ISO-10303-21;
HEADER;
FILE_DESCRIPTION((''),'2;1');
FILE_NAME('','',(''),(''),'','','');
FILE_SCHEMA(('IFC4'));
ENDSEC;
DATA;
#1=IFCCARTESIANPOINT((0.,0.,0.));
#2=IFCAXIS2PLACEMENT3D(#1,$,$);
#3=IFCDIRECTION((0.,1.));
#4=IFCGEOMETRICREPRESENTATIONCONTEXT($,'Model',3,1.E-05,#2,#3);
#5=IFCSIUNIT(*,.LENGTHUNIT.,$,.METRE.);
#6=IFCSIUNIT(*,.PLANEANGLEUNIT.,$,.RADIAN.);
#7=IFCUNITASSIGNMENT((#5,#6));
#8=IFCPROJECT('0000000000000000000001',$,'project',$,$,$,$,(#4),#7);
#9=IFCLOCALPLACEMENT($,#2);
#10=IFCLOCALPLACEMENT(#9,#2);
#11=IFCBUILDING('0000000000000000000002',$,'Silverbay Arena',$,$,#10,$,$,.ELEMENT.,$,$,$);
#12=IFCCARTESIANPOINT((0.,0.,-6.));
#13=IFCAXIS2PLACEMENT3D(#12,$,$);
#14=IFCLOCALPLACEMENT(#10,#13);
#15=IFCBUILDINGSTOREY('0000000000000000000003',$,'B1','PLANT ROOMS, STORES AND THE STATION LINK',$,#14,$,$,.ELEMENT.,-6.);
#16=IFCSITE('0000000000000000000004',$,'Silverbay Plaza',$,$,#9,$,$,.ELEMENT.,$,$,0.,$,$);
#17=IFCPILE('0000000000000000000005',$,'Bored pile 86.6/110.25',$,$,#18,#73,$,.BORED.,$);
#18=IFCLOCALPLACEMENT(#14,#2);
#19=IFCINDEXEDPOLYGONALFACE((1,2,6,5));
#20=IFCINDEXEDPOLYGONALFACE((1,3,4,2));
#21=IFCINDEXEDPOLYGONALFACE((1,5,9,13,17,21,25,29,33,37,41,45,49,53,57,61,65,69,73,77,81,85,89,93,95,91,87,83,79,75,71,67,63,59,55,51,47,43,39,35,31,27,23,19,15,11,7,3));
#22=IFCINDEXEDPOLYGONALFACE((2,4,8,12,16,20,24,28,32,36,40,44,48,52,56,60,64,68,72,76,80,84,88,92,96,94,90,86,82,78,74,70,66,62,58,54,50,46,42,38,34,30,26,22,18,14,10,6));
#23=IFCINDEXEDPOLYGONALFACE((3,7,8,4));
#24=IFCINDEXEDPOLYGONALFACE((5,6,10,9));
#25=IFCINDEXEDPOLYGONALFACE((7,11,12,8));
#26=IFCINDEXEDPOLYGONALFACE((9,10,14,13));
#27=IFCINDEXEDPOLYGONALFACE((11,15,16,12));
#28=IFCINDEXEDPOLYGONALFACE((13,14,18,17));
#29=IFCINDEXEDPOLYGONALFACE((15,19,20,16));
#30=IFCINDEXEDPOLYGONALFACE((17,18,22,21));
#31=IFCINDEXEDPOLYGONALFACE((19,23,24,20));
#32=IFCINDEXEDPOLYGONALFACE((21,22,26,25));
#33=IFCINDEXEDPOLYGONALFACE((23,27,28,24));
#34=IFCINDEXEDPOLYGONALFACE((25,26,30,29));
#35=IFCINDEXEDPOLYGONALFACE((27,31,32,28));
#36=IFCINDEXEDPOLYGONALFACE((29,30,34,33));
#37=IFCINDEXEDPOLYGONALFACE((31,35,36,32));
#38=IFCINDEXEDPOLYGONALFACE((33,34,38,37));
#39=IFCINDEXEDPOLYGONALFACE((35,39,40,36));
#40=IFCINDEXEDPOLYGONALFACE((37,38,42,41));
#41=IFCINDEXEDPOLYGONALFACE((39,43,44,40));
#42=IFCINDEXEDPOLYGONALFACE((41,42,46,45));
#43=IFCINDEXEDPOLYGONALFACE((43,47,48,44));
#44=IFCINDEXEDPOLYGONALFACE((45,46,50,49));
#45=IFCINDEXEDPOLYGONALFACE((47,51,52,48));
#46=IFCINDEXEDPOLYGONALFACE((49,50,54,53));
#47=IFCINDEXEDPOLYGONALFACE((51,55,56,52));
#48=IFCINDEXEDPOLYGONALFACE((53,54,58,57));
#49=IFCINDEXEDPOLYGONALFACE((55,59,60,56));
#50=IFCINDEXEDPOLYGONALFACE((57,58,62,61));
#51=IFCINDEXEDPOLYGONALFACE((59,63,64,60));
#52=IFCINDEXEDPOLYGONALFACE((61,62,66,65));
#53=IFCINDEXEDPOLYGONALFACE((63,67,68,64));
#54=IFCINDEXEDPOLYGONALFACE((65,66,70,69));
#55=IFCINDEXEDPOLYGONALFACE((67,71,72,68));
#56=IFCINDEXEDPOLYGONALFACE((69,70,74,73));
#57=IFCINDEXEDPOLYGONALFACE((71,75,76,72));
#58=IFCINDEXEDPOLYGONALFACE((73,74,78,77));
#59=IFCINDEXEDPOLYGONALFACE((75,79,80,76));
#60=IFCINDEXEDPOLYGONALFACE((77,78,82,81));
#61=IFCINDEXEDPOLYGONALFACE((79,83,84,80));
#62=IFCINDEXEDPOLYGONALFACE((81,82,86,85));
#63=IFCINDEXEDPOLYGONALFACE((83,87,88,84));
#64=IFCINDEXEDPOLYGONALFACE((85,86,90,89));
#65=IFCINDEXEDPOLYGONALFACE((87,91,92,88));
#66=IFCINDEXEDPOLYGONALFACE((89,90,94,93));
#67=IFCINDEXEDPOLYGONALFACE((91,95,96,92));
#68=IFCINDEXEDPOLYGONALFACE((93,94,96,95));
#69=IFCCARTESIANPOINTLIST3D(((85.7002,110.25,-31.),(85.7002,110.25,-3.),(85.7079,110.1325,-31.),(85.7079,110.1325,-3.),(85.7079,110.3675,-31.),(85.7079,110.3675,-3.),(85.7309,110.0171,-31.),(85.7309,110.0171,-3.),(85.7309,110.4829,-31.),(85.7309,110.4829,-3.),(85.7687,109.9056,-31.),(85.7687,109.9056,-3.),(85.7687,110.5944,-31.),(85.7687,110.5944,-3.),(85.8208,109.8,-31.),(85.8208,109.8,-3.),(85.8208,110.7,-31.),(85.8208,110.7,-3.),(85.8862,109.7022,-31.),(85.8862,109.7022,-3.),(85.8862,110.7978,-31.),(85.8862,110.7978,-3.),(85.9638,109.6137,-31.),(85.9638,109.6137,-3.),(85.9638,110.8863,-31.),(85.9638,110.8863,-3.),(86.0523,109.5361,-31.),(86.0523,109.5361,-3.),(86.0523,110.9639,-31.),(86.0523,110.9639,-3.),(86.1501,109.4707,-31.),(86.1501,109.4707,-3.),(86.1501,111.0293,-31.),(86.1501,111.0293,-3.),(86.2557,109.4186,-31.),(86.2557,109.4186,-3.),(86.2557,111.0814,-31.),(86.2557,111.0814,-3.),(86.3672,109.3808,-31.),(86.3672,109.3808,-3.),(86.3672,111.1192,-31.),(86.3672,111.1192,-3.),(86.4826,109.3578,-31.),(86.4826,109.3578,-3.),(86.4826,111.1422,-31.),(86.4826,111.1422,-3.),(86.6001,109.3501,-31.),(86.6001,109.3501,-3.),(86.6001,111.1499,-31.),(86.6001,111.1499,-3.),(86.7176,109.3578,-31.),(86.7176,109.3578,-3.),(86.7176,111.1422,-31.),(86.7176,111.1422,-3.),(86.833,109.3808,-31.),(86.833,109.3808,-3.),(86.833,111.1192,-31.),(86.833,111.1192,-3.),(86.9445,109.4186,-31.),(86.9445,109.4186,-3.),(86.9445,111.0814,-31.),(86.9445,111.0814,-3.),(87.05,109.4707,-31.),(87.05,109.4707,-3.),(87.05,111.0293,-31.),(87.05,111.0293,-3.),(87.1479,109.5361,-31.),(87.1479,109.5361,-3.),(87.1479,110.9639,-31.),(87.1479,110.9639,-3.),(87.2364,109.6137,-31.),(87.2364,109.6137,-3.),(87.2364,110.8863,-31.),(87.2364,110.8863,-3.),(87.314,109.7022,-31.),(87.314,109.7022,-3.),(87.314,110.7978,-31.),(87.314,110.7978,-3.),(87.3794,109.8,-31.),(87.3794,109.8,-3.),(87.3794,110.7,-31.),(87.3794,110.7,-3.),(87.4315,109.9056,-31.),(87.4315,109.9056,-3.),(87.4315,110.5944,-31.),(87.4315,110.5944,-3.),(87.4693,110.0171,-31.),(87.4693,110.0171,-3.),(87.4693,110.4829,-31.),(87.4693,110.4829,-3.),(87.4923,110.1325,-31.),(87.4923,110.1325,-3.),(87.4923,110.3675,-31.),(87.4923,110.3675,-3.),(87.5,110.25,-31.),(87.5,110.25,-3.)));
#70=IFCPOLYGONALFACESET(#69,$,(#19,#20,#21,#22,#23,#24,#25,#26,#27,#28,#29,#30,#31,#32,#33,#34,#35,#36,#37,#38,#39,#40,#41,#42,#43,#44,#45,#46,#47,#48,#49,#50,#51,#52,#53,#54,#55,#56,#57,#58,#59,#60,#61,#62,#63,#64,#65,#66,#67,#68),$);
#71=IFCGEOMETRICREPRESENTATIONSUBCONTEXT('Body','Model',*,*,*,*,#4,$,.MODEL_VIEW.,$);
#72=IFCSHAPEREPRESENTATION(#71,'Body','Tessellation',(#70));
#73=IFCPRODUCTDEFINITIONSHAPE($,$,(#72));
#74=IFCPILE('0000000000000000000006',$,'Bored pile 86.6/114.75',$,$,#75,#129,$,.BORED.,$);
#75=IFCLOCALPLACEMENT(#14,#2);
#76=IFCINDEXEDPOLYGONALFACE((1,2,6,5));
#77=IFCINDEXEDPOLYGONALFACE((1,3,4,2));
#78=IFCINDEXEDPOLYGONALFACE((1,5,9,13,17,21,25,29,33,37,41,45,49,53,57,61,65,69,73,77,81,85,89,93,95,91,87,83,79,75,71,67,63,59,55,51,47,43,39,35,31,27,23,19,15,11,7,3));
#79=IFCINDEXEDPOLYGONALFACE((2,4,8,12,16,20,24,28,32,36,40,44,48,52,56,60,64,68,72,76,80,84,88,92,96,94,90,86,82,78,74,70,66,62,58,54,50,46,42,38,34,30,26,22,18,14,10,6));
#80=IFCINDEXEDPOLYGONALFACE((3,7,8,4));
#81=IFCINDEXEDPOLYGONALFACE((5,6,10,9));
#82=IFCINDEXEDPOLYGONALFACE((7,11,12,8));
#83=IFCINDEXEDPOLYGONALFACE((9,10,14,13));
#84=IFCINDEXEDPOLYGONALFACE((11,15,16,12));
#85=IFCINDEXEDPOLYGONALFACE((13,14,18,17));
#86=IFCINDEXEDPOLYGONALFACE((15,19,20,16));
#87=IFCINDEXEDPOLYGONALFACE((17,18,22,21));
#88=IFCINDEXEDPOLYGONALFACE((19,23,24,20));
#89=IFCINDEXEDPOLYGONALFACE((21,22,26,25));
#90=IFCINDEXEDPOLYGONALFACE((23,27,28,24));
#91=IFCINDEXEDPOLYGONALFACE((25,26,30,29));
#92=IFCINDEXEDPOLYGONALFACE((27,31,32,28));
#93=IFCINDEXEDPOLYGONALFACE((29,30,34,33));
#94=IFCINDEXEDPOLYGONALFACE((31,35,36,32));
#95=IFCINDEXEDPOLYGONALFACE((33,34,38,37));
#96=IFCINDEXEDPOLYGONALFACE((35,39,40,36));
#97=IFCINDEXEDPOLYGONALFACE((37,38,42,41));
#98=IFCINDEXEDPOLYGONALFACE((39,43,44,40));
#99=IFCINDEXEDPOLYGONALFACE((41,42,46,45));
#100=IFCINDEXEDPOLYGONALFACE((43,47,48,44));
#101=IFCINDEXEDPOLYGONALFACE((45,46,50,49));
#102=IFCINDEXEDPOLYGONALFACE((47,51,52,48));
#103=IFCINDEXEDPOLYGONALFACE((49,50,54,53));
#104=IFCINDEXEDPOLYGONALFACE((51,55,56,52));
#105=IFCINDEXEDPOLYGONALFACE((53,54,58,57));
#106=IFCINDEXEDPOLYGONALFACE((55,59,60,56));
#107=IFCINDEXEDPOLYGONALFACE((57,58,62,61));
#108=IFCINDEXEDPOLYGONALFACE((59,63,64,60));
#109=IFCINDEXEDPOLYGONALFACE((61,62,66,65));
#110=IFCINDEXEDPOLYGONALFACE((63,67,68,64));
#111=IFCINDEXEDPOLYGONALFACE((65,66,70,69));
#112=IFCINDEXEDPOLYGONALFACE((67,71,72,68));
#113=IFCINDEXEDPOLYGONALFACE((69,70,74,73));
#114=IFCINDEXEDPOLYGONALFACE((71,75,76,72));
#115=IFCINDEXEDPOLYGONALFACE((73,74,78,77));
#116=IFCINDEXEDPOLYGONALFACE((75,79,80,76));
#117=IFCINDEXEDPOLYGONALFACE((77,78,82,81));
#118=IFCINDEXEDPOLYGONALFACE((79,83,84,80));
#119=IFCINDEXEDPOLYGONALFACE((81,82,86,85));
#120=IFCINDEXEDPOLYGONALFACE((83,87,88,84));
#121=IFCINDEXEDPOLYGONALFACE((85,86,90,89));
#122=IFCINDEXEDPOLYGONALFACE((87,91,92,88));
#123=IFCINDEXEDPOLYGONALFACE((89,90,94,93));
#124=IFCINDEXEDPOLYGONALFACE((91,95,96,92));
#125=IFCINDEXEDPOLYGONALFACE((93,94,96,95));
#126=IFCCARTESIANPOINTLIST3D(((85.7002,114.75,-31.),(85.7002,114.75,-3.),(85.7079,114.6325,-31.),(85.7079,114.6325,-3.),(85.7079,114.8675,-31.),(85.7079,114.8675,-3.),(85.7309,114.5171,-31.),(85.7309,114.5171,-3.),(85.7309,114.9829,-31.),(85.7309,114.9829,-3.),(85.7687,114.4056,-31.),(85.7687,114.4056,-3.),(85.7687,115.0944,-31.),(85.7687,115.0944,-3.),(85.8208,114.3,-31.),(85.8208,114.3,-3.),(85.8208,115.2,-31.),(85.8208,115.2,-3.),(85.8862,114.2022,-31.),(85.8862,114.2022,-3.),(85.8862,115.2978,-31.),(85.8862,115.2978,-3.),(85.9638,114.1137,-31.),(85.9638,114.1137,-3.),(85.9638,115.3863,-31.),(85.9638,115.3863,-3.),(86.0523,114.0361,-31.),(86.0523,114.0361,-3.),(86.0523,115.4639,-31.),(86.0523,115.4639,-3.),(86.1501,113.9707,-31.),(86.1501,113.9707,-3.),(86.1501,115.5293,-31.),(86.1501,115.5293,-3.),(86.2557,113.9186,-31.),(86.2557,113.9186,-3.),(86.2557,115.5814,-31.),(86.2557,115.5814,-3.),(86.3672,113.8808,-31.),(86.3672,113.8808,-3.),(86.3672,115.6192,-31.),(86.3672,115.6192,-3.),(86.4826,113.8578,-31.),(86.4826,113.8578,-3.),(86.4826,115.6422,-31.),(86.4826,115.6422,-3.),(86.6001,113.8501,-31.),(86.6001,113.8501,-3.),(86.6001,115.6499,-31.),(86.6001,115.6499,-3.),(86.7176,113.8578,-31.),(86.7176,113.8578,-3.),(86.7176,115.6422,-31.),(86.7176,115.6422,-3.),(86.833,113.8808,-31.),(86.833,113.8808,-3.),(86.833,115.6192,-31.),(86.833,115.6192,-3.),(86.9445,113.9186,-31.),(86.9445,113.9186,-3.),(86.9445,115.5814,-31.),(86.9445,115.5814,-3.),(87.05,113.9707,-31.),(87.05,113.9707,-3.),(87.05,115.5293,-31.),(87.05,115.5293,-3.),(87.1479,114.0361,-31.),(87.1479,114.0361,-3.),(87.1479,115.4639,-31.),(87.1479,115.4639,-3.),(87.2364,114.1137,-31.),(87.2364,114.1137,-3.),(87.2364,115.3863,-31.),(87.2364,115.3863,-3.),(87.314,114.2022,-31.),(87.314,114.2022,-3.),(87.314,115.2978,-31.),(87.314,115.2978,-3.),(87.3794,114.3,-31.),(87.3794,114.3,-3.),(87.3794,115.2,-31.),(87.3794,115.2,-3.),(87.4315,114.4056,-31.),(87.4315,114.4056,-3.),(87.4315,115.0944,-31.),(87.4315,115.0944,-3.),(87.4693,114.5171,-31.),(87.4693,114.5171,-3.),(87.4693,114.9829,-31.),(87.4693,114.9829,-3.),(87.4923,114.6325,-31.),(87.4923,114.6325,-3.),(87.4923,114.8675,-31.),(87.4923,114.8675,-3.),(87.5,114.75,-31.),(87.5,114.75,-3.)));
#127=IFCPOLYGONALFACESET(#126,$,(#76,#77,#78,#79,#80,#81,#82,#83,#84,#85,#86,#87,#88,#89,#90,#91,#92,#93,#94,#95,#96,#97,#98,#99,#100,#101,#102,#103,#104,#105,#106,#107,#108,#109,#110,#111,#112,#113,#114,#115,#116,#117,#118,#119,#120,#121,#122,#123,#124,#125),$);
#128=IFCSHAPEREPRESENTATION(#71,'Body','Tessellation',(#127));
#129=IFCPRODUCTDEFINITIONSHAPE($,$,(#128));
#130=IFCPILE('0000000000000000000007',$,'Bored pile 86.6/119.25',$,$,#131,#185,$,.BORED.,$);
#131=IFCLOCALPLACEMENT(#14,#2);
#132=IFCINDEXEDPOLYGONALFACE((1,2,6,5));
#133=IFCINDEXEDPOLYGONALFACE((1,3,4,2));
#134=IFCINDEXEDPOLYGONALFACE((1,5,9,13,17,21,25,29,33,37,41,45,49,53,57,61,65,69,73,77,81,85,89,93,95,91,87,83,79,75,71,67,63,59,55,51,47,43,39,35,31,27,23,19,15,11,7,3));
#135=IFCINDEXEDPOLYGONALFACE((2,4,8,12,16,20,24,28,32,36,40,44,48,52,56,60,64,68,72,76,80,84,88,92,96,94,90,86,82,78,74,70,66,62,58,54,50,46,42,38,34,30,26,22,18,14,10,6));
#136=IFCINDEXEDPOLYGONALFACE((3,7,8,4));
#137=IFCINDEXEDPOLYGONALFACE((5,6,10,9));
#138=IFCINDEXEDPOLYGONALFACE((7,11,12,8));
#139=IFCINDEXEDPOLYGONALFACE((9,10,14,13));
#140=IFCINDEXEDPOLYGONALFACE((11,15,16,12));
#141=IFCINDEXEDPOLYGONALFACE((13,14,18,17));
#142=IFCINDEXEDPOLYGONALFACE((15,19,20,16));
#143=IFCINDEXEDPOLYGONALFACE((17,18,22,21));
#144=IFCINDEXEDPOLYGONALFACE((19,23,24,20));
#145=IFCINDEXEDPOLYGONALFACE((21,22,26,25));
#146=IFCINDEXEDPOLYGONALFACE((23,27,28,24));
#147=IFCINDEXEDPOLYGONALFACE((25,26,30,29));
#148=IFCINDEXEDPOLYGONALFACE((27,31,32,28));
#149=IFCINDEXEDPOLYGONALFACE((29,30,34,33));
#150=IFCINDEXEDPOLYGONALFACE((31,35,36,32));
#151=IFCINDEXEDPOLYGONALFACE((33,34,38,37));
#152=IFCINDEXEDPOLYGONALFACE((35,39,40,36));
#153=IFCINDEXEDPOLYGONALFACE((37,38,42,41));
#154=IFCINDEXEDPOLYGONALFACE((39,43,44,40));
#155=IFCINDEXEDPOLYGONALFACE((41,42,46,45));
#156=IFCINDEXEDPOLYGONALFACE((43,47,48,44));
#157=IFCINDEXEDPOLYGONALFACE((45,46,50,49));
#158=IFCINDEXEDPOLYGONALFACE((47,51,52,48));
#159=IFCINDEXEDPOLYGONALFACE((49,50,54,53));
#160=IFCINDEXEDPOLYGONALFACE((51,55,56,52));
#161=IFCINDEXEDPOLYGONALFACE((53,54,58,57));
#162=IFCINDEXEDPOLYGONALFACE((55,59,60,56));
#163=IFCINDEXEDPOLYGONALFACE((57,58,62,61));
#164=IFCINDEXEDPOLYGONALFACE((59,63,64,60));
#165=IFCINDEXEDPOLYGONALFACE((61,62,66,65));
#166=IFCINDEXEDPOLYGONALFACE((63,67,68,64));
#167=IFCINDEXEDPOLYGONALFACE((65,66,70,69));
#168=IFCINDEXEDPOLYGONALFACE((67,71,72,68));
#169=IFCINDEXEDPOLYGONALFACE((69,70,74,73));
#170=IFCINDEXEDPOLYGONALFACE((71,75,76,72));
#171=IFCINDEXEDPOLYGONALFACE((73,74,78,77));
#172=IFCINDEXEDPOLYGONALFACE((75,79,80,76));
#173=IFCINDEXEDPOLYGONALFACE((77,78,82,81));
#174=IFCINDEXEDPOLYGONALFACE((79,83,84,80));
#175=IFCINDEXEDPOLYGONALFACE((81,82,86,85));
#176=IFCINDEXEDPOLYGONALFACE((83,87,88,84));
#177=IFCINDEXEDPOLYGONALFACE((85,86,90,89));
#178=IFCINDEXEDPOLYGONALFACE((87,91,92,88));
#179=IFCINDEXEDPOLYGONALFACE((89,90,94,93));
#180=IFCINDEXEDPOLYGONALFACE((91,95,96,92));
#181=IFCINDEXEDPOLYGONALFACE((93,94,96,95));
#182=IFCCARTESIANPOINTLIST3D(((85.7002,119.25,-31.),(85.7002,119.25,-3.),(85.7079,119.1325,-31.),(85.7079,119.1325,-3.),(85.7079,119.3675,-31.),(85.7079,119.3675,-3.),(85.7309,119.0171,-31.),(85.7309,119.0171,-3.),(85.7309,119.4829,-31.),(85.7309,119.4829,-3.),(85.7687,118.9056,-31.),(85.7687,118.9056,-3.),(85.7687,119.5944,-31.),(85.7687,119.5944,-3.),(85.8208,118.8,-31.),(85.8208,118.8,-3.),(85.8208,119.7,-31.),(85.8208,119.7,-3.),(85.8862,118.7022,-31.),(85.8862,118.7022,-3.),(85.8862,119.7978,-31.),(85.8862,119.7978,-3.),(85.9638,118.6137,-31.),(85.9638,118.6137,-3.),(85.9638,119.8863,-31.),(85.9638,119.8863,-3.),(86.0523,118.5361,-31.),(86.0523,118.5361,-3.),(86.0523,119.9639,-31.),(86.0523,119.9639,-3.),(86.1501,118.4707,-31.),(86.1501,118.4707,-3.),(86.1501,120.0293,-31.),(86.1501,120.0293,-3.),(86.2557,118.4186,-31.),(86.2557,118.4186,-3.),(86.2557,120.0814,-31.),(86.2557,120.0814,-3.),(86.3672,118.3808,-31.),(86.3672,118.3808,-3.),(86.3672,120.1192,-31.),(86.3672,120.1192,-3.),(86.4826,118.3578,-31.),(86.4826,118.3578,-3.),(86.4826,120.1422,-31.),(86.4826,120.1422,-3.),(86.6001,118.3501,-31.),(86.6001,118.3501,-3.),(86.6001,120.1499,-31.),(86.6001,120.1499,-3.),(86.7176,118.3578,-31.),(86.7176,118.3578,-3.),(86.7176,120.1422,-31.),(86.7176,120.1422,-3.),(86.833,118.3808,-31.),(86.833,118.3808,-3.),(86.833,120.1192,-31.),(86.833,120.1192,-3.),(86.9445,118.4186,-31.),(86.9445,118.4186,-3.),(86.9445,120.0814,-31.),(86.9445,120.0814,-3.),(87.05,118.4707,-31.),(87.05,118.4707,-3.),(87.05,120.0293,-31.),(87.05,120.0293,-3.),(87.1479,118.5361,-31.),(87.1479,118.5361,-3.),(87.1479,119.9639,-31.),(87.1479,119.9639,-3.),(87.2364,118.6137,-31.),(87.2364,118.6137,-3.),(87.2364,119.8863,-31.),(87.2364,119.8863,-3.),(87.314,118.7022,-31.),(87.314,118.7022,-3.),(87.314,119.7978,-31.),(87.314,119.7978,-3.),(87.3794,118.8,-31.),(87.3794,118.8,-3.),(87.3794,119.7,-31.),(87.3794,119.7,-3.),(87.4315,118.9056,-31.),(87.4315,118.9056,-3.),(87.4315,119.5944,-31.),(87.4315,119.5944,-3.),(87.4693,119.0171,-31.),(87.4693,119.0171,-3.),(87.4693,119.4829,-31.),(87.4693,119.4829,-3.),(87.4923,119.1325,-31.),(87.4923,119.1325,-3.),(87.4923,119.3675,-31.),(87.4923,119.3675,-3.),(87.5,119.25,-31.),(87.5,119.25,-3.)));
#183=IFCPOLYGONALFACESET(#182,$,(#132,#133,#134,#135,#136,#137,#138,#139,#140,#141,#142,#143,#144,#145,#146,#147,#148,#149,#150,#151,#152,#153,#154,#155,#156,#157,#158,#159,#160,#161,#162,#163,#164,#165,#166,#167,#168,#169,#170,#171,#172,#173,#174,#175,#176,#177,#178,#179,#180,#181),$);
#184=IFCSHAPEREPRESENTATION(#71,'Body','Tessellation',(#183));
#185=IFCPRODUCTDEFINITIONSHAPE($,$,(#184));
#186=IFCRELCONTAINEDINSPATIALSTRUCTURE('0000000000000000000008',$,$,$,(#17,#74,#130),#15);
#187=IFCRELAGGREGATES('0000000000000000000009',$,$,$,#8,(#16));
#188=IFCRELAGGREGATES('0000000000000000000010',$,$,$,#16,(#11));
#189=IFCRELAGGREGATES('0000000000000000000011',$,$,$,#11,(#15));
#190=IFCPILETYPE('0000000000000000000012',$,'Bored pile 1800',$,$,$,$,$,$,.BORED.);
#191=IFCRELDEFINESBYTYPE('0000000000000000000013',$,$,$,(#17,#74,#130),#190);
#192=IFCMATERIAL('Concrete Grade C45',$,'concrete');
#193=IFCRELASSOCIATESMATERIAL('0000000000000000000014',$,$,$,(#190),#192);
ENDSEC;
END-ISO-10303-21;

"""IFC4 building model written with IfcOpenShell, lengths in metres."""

from ifc_helpers import new_model, si_unit, direction, frame, origin, origin_2d, place, context, subcontext, project, spatial, circle, extrude, material, material_profile, profile_set, type_object, element, save


model = new_model("IFC4")

# Units and contexts
model_context = context("Model", 3, precision=1e-05, world=origin(), true_north=direction((0.0, 1.0)))
body_context = subcontext(model_context, "Body", "Model", "MODEL_VIEW")
ifc_project = project(units=[si_unit("LENGTHUNIT", "METRE"), si_unit("PLANEANGLEUNIT", "RADIAN")], contexts=[model_context])

# Site, building, storey
site_placement = place(None, origin())
site = spatial("IfcSite", under=ifc_project, at=site_placement, Name="Silverbay Plaza", CompositionType="ELEMENT", RefElevation=0.0)
building_placement = place(site_placement, origin())
building = spatial("IfcBuilding", under=site, at=building_placement, Name="Silverbay Arena", CompositionType="ELEMENT")
storey_placement = place(building_placement, frame((0.0, 0.0, -6.0)))
storey = spatial("IfcBuildingStorey", under=building, at=storey_placement, Name="B1", Description="PLANT ROOMS, STORES AND THE STATION LINK", CompositionType="ELEMENT", Elevation=-6.0)

# Piles
ifc_material_1 = material(Name="Concrete Grade C45", Category="concrete")
ifc_material_profile = material_profile(ifc_material_1, circle(Radius=0.8999, at=origin_2d()), Name="Bored pile 1800")
ifc_profile_set = profile_set([ifc_material_profile], Name="Concrete Grade C45")
pile_type = type_object("IfcPileType", Name="Bored pile 1800", PredefinedType="BORED", material=ifc_profile_set)
for number, where, z_axis, x_axis, name in (
    (1, (86.6001, 110.25, -3.0), (0.0, 0.0, -1.0), (1.0, 0.0, 0.0), "Bored pile 86.6/110.25"),
    (2, (86.6001, 114.75, -3.0), (0.0, 0.0, -1.0), (1.0, 0.0, 0.0), "Bored pile 86.6/114.75"),
    (3, (86.6001, 119.25, -3.0), (0.0, 0.0, -1.0), (1.0, 0.0, 0.0), "Bored pile 86.6/119.25"),
):
    element("IfcPile", number, at=place(storey_placement, frame(where, z_axis=z_axis, x_axis=x_axis)), inside=storey, type_object=pile_type, Name=name, PredefinedType="BORED", context=body_context, shape_type="SweptSolid", body=[
        extrude(circle(Radius=0.8999, at=origin_2d()), origin(), (0.0, 0.0, 1.0), 28.0),
    ])

save(model, "model.ifc")
